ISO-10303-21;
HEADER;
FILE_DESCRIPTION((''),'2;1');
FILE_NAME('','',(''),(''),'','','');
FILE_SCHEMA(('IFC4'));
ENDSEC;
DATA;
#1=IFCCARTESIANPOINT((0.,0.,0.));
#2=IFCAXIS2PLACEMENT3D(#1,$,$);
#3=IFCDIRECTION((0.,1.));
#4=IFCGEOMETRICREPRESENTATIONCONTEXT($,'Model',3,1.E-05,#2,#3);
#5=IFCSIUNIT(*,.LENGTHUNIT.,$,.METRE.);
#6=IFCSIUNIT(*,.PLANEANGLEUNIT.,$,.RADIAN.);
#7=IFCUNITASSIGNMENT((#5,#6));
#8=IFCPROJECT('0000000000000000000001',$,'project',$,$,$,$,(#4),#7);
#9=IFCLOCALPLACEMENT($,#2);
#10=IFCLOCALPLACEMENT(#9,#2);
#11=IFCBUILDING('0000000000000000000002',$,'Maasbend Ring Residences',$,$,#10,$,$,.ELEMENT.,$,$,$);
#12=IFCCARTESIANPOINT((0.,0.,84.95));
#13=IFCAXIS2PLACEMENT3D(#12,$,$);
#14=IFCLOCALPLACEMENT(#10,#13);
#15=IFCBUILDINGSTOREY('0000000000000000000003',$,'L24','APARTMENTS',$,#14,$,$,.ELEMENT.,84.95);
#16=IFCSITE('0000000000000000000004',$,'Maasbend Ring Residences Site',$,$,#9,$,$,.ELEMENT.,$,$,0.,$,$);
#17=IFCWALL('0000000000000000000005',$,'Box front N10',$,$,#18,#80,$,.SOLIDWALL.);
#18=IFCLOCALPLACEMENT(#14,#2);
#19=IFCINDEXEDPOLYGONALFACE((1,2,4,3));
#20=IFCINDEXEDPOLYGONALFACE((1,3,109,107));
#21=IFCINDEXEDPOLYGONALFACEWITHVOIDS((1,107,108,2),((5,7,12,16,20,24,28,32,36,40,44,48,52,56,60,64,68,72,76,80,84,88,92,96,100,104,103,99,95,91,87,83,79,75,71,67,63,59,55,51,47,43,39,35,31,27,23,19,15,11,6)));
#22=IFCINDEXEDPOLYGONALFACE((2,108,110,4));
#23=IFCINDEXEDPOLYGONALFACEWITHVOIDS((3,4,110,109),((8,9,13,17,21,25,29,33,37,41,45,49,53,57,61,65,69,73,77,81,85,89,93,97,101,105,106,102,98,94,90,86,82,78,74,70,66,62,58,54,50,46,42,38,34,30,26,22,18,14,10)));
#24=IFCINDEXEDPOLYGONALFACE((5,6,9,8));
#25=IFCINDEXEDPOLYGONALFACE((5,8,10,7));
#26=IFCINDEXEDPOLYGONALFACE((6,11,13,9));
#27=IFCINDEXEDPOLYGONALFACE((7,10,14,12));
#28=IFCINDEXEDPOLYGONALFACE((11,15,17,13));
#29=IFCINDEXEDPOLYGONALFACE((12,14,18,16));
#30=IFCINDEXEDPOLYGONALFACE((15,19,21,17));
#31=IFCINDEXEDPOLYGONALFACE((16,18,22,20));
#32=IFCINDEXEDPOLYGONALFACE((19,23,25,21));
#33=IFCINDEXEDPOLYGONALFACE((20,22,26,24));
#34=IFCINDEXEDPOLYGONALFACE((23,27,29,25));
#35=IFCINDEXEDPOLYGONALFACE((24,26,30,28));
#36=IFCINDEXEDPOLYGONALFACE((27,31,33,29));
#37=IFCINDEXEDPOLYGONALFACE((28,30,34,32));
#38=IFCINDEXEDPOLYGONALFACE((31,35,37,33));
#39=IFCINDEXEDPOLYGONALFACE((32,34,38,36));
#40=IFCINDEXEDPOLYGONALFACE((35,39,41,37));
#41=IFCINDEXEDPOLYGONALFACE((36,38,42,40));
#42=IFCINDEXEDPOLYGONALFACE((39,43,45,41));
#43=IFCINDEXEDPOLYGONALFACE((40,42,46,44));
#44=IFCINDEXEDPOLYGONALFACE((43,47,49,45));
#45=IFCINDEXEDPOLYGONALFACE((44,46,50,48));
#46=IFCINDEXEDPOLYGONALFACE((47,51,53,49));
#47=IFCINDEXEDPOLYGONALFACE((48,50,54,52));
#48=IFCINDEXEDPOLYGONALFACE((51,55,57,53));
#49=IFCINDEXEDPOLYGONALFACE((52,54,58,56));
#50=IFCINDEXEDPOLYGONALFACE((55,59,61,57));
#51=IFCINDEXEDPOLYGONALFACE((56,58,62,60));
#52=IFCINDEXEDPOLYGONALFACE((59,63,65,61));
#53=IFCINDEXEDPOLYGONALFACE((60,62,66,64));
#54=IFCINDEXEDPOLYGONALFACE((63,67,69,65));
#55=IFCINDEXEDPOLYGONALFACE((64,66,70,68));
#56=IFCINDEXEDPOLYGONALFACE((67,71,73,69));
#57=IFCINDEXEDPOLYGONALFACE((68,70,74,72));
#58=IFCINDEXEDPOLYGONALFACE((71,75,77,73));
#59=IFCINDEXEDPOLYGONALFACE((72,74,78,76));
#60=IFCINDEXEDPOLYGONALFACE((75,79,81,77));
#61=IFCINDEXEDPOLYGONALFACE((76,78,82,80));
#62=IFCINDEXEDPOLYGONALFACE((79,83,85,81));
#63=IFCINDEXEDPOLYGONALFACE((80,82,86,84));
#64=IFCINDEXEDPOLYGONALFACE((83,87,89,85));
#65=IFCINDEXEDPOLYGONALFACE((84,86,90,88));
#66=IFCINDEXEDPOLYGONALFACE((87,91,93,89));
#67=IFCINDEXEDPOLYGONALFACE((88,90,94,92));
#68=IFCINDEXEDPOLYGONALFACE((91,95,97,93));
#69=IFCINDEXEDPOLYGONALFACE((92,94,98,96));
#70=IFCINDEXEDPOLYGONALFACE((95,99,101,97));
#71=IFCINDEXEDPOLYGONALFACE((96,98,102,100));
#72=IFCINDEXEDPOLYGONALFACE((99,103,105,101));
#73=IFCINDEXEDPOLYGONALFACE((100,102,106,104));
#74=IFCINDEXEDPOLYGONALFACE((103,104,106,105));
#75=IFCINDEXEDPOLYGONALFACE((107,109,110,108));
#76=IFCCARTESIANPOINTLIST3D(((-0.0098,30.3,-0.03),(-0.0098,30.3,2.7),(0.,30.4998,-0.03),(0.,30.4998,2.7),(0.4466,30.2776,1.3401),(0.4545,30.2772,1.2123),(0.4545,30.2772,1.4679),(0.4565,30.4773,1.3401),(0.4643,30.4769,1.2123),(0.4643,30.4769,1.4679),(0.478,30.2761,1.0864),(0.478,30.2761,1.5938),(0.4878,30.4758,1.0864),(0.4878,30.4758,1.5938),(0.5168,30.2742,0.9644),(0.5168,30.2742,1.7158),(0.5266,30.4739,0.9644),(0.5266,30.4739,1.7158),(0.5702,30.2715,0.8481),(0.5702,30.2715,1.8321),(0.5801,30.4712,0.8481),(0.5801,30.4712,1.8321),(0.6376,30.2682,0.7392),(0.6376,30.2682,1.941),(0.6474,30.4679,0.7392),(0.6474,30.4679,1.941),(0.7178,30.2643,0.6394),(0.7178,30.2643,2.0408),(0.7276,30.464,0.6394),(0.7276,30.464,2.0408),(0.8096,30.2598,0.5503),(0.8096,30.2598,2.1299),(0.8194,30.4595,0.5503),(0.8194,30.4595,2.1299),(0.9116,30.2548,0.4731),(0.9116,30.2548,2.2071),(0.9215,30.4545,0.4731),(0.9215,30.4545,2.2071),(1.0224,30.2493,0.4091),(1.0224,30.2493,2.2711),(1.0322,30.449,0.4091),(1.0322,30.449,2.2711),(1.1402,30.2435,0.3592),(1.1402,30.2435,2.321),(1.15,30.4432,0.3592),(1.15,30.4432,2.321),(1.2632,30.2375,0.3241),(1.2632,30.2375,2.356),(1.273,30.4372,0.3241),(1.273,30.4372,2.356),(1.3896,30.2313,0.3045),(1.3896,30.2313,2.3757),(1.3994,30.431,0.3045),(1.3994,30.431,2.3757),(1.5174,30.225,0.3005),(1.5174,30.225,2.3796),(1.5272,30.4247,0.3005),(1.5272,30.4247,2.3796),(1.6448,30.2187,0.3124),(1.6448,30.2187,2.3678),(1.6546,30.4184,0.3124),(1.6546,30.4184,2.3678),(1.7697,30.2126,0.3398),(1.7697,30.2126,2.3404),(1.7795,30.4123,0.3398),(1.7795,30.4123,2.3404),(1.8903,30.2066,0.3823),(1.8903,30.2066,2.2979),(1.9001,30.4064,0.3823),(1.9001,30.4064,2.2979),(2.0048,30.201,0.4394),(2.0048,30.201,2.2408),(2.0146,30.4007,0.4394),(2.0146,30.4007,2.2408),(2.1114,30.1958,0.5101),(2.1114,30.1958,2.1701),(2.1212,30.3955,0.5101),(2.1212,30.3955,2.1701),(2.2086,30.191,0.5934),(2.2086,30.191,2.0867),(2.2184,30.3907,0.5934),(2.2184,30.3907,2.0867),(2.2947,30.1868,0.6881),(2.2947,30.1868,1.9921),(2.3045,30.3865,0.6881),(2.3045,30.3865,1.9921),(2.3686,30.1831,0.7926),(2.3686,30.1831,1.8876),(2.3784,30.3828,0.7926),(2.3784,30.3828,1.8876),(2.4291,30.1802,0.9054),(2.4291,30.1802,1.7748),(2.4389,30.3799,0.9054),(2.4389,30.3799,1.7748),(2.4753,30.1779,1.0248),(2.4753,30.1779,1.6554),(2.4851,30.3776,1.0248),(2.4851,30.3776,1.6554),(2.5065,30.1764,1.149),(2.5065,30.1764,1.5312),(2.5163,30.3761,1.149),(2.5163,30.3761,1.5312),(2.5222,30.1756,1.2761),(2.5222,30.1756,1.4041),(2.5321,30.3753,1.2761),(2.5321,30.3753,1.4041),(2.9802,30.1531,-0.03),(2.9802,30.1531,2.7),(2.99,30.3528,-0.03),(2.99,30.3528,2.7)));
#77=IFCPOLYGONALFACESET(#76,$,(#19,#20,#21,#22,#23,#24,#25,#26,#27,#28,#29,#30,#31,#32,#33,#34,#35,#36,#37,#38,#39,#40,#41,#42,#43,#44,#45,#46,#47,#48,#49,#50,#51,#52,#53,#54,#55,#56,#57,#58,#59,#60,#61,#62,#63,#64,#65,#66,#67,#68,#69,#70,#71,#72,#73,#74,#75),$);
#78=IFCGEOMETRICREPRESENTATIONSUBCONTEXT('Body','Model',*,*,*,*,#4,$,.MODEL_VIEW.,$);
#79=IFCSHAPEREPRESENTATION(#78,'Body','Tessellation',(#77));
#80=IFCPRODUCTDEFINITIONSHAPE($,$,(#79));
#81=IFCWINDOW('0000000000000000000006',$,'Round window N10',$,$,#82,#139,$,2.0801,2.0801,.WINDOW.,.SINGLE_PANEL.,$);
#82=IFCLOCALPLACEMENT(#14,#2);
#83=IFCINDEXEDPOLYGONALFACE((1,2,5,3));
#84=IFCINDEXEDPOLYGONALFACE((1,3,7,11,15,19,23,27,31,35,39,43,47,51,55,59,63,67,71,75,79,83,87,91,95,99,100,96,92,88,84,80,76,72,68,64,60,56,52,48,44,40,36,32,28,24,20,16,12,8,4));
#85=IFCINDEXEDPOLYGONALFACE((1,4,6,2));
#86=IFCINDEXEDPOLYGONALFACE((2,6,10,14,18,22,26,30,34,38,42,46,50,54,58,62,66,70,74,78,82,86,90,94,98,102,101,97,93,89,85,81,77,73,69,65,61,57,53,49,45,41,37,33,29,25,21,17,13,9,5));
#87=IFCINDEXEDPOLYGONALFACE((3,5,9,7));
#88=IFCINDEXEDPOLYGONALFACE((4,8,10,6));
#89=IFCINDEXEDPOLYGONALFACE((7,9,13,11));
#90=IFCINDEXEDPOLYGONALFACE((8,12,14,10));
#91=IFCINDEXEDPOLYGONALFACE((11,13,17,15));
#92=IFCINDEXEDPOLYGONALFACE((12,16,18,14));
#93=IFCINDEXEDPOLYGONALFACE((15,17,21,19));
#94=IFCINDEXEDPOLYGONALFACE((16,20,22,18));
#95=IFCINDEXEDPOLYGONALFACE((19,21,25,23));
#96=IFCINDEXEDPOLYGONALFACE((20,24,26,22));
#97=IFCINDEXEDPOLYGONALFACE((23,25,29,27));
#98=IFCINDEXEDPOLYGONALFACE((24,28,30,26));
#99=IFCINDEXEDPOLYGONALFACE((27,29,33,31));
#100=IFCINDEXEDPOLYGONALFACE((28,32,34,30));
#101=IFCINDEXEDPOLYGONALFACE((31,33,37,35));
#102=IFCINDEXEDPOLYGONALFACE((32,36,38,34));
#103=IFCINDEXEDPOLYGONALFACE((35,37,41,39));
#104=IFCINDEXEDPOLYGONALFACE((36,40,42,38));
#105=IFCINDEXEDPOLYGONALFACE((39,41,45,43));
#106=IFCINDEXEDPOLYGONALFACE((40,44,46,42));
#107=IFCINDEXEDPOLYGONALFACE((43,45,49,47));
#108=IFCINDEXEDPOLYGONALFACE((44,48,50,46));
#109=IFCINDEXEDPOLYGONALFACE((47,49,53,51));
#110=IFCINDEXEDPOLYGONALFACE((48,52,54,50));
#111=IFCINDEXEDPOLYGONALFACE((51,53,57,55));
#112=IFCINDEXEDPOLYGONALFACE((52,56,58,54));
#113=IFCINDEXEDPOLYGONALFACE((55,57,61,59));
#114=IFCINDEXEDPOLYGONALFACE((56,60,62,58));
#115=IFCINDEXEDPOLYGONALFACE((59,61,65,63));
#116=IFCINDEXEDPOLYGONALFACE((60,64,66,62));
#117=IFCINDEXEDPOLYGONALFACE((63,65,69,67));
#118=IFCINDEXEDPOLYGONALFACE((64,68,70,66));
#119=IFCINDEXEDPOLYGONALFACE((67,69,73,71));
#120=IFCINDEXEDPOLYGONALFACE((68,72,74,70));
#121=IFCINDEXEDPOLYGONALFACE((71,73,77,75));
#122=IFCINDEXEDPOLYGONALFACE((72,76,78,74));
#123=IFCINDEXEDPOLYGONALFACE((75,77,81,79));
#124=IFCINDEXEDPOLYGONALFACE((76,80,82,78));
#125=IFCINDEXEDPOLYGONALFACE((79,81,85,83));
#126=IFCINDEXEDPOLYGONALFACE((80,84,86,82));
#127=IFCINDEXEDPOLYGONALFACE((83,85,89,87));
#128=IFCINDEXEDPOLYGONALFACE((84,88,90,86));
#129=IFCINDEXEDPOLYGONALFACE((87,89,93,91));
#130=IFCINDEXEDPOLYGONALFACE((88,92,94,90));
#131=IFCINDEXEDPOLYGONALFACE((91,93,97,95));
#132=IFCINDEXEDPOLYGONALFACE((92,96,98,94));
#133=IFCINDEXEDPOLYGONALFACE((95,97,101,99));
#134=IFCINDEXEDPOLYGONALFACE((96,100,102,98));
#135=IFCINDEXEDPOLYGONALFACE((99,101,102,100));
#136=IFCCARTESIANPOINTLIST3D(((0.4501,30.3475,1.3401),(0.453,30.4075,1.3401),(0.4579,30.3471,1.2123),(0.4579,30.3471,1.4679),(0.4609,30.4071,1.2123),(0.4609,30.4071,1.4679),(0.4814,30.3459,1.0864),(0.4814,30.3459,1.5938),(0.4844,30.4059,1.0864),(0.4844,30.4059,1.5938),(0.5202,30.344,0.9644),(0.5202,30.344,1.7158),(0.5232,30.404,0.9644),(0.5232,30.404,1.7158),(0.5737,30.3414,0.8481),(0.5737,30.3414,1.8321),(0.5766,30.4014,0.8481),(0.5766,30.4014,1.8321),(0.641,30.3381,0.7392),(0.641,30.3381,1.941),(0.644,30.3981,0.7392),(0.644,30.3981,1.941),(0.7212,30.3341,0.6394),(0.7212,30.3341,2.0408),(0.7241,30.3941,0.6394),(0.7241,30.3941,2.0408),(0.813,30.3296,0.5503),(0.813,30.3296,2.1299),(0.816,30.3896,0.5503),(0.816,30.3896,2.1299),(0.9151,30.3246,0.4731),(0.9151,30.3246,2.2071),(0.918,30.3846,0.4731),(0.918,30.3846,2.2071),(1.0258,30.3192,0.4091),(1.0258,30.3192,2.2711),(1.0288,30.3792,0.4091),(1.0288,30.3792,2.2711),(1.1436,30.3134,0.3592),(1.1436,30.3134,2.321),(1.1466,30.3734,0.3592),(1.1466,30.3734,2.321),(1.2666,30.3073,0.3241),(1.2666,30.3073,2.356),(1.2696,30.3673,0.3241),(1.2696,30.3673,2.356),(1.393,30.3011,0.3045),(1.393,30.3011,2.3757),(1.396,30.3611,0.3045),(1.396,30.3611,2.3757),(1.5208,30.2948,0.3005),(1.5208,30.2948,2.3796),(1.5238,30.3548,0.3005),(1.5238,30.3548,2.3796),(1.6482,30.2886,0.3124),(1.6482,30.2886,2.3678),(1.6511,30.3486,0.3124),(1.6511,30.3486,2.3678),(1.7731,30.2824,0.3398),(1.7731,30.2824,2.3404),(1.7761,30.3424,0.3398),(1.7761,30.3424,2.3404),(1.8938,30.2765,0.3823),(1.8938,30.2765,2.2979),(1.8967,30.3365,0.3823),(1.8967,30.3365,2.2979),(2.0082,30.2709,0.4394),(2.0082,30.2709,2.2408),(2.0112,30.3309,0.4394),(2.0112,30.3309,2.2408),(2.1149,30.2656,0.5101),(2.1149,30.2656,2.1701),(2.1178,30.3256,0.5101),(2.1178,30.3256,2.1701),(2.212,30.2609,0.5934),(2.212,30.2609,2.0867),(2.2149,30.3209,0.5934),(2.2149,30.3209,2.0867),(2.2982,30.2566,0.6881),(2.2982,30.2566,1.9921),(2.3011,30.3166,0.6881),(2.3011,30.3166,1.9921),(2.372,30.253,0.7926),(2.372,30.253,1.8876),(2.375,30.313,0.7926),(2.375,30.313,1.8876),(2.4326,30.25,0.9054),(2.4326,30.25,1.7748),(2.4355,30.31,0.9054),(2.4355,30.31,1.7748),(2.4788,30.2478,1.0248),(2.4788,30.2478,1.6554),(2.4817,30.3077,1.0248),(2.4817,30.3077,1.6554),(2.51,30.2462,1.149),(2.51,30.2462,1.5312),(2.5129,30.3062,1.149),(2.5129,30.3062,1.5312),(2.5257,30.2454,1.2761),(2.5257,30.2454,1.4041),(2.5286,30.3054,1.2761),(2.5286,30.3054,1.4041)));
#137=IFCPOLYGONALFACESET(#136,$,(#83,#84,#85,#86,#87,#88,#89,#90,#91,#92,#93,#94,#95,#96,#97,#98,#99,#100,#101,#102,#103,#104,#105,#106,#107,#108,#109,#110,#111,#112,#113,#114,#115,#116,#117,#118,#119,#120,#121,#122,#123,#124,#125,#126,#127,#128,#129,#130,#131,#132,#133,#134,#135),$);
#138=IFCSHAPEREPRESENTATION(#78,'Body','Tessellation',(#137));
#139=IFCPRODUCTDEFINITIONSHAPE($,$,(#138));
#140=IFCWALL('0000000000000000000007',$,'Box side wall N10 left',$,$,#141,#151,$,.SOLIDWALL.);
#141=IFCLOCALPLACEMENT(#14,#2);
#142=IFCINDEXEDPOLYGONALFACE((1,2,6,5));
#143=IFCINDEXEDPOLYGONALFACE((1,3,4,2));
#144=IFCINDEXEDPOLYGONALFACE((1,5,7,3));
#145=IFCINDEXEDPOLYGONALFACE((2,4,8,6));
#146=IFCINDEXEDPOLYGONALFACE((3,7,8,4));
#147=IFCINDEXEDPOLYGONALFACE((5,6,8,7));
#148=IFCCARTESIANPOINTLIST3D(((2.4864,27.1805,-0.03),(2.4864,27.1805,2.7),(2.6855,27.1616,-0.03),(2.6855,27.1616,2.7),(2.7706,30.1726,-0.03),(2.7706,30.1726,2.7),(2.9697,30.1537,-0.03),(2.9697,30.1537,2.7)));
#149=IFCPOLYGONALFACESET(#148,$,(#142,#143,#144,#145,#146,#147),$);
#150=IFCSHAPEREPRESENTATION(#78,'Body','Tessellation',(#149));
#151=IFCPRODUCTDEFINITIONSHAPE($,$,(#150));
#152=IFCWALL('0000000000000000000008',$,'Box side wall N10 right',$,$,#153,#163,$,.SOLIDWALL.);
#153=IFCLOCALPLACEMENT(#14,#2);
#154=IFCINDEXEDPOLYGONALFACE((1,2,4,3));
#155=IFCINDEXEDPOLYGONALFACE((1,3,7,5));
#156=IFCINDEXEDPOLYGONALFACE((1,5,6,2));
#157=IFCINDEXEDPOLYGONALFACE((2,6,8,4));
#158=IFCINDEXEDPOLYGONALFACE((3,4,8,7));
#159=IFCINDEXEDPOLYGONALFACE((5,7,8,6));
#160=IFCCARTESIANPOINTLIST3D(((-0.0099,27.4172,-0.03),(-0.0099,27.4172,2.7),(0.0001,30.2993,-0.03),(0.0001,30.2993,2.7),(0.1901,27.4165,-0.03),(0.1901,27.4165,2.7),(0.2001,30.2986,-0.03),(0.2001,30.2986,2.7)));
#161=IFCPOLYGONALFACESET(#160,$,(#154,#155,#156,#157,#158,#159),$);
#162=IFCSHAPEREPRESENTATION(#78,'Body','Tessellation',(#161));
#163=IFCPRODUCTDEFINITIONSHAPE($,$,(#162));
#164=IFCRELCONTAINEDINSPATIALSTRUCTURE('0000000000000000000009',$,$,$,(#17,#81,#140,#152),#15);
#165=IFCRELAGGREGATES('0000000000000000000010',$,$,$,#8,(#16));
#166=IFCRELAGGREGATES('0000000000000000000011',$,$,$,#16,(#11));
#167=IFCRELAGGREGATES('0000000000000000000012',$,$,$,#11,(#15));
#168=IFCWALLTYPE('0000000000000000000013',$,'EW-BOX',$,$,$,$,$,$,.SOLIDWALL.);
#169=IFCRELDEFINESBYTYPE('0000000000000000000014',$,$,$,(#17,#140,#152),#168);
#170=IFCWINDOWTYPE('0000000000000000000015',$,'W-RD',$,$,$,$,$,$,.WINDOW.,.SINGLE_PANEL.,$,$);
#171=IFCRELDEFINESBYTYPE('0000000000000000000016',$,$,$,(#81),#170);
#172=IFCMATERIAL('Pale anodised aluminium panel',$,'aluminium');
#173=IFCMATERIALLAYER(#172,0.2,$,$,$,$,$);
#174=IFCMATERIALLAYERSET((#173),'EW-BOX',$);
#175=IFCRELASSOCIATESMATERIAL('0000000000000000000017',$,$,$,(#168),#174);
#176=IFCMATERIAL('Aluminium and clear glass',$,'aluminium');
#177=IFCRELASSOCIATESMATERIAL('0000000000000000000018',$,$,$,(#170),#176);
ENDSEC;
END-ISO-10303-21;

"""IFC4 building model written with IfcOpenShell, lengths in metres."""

from ifc_helpers import new_model, si_unit, direction, frame, frame_2d, origin, place, context, subcontext, project, spatial, rectangle, circle, extrude, material, layer, layer_set, type_object, element, fill, save


model = new_model("IFC4")

# Units and contexts
model_context = context("Model", 3, precision=1e-05, world=origin(), true_north=direction((0.0, 1.0)))
body_context = subcontext(model_context, "Body", "Model", "MODEL_VIEW")
ifc_project = project(units=[si_unit("LENGTHUNIT", "METRE"), si_unit("PLANEANGLEUNIT", "RADIAN")], contexts=[model_context])

# Site, building, storey
site_placement = place(None, origin())
site = spatial("IfcSite", under=ifc_project, at=site_placement, Name="Maasbend Ring Residences Site", CompositionType="ELEMENT", RefElevation=0.0)
building_placement = place(site_placement, origin())
building = spatial("IfcBuilding", under=site, at=building_placement, Name="Maasbend Ring Residences", CompositionType="ELEMENT")
storey_placement = place(building_placement, frame((0.0, 0.0, 84.95)))
storey = spatial("IfcBuildingStorey", under=building, at=storey_placement, Name="L24", Description="APARTMENTS", CompositionType="ELEMENT", Elevation=84.95)

# Shared definitions
ifc_material_1 = material(Name="Pale anodised aluminium panel", Category="aluminium")
ifc_layer_1 = layer(ifc_material_1, 0.2)
ifc_layer_set_1 = layer_set([ifc_layer_1], Name="EW-BOX")
wall_type_1 = type_object("IfcWallType", Name="EW-BOX", PredefinedType="SOLIDWALL", material=ifc_layer_set_1)
ifc_material_2 = material(Name="Aluminium and clear glass", Category="aluminium")
window_type_1 = type_object("IfcWindowType", Name="W-RD", PartitioningType="SINGLE_PANEL", PredefinedType="WINDOW", material=ifc_material_2)

# Wall, opening, window
wall_1_placement = place(storey_placement, frame((2.9851, 30.2529, -0.03), z_axis=(0.0, 0.0, 1.0), x_axis=(-0.998794, 0.049096, 0.0)))
wall_1 = element("IfcWall", 1, at=wall_1_placement, inside=storey, type_object=wall_type_1, Name="Box front N10", PredefinedType="SOLIDWALL", context=body_context, shape_type="SweptSolid", body=[
    extrude(rectangle(XDim=2.9937, YDim=0.2, at=frame_2d((1.4968, 0.0))), origin(), (0.0, 0.0, 1.0), 2.73),
])
opening_1_placement = place(wall_1_placement, frame((0.4565, 0.0, 0.3301)))
opening_1 = element("IfcOpeningElement", 2, at=opening_1_placement, cuts=wall_1, PredefinedType="OPENING", context=body_context, shape_type="SweptSolid", body=[
    extrude(circle(Radius=1.04, at=frame_2d((1.04, 1.04))), frame((0.0, 0.1099, 0.0), z_axis=(0.0, -1.0, 0.0), x_axis=(1.0, 0.0, 0.0)), (0.0, 0.0, 1.0), 0.22),
])
window_1_placement = place(opening_1_placement, origin())
window_1 = element("IfcWindow", 3, at=window_1_placement, inside=storey, type_object=window_type_1, Name="Round window N10", OverallHeight=2.0801, OverallWidth=2.0801, PartitioningType="SINGLE_PANEL", PredefinedType="WINDOW", context=body_context, shape_type="SweptSolid", body=[
    extrude(circle(Radius=1.04, at=frame_2d((1.04, 1.04))), frame((0.0, 0.03, 0.0), z_axis=(0.0, -1.0, 0.0), x_axis=(1.0, 0.0, 0.0)), (0.0, 0.0, 1.0), 0.0601),
])
fill(opening_1, window_1)

# Walls
wall_2_placement = place(storey_placement, frame((2.5859, 27.1709, -0.03), z_axis=(0.0, 0.0, 1.0), x_axis=(0.094548, 0.99552, 0.0)))
element("IfcWall", 4, at=wall_2_placement, inside=storey, type_object=wall_type_1, Name="Box side wall N10 left", PredefinedType="SOLIDWALL", context=body_context, shape_type="SweptSolid", body=[
    extrude(rectangle(XDim=3.0056, YDim=0.2, at=frame_2d((1.5029, 0.0))), origin(), (0.0, 0.0, 1.0), 2.73),
])
wall_3_placement = place(storey_placement, frame((0.0901, 27.417, -0.03), z_axis=(0.0, 0.0, 1.0), x_axis=(0.003473, 0.999994, 0.0)))
element("IfcWall", 5, at=wall_3_placement, inside=storey, type_object=wall_type_1, Name="Box side wall N10 right", PredefinedType="SOLIDWALL", context=body_context, shape_type="SweptSolid", body=[
    extrude(rectangle(XDim=2.8821, YDim=0.2, at=frame_2d((1.4409, 0.0))), origin(), (0.0, 0.0, 1.0), 2.73),
])

save(model, "model.ifc")
